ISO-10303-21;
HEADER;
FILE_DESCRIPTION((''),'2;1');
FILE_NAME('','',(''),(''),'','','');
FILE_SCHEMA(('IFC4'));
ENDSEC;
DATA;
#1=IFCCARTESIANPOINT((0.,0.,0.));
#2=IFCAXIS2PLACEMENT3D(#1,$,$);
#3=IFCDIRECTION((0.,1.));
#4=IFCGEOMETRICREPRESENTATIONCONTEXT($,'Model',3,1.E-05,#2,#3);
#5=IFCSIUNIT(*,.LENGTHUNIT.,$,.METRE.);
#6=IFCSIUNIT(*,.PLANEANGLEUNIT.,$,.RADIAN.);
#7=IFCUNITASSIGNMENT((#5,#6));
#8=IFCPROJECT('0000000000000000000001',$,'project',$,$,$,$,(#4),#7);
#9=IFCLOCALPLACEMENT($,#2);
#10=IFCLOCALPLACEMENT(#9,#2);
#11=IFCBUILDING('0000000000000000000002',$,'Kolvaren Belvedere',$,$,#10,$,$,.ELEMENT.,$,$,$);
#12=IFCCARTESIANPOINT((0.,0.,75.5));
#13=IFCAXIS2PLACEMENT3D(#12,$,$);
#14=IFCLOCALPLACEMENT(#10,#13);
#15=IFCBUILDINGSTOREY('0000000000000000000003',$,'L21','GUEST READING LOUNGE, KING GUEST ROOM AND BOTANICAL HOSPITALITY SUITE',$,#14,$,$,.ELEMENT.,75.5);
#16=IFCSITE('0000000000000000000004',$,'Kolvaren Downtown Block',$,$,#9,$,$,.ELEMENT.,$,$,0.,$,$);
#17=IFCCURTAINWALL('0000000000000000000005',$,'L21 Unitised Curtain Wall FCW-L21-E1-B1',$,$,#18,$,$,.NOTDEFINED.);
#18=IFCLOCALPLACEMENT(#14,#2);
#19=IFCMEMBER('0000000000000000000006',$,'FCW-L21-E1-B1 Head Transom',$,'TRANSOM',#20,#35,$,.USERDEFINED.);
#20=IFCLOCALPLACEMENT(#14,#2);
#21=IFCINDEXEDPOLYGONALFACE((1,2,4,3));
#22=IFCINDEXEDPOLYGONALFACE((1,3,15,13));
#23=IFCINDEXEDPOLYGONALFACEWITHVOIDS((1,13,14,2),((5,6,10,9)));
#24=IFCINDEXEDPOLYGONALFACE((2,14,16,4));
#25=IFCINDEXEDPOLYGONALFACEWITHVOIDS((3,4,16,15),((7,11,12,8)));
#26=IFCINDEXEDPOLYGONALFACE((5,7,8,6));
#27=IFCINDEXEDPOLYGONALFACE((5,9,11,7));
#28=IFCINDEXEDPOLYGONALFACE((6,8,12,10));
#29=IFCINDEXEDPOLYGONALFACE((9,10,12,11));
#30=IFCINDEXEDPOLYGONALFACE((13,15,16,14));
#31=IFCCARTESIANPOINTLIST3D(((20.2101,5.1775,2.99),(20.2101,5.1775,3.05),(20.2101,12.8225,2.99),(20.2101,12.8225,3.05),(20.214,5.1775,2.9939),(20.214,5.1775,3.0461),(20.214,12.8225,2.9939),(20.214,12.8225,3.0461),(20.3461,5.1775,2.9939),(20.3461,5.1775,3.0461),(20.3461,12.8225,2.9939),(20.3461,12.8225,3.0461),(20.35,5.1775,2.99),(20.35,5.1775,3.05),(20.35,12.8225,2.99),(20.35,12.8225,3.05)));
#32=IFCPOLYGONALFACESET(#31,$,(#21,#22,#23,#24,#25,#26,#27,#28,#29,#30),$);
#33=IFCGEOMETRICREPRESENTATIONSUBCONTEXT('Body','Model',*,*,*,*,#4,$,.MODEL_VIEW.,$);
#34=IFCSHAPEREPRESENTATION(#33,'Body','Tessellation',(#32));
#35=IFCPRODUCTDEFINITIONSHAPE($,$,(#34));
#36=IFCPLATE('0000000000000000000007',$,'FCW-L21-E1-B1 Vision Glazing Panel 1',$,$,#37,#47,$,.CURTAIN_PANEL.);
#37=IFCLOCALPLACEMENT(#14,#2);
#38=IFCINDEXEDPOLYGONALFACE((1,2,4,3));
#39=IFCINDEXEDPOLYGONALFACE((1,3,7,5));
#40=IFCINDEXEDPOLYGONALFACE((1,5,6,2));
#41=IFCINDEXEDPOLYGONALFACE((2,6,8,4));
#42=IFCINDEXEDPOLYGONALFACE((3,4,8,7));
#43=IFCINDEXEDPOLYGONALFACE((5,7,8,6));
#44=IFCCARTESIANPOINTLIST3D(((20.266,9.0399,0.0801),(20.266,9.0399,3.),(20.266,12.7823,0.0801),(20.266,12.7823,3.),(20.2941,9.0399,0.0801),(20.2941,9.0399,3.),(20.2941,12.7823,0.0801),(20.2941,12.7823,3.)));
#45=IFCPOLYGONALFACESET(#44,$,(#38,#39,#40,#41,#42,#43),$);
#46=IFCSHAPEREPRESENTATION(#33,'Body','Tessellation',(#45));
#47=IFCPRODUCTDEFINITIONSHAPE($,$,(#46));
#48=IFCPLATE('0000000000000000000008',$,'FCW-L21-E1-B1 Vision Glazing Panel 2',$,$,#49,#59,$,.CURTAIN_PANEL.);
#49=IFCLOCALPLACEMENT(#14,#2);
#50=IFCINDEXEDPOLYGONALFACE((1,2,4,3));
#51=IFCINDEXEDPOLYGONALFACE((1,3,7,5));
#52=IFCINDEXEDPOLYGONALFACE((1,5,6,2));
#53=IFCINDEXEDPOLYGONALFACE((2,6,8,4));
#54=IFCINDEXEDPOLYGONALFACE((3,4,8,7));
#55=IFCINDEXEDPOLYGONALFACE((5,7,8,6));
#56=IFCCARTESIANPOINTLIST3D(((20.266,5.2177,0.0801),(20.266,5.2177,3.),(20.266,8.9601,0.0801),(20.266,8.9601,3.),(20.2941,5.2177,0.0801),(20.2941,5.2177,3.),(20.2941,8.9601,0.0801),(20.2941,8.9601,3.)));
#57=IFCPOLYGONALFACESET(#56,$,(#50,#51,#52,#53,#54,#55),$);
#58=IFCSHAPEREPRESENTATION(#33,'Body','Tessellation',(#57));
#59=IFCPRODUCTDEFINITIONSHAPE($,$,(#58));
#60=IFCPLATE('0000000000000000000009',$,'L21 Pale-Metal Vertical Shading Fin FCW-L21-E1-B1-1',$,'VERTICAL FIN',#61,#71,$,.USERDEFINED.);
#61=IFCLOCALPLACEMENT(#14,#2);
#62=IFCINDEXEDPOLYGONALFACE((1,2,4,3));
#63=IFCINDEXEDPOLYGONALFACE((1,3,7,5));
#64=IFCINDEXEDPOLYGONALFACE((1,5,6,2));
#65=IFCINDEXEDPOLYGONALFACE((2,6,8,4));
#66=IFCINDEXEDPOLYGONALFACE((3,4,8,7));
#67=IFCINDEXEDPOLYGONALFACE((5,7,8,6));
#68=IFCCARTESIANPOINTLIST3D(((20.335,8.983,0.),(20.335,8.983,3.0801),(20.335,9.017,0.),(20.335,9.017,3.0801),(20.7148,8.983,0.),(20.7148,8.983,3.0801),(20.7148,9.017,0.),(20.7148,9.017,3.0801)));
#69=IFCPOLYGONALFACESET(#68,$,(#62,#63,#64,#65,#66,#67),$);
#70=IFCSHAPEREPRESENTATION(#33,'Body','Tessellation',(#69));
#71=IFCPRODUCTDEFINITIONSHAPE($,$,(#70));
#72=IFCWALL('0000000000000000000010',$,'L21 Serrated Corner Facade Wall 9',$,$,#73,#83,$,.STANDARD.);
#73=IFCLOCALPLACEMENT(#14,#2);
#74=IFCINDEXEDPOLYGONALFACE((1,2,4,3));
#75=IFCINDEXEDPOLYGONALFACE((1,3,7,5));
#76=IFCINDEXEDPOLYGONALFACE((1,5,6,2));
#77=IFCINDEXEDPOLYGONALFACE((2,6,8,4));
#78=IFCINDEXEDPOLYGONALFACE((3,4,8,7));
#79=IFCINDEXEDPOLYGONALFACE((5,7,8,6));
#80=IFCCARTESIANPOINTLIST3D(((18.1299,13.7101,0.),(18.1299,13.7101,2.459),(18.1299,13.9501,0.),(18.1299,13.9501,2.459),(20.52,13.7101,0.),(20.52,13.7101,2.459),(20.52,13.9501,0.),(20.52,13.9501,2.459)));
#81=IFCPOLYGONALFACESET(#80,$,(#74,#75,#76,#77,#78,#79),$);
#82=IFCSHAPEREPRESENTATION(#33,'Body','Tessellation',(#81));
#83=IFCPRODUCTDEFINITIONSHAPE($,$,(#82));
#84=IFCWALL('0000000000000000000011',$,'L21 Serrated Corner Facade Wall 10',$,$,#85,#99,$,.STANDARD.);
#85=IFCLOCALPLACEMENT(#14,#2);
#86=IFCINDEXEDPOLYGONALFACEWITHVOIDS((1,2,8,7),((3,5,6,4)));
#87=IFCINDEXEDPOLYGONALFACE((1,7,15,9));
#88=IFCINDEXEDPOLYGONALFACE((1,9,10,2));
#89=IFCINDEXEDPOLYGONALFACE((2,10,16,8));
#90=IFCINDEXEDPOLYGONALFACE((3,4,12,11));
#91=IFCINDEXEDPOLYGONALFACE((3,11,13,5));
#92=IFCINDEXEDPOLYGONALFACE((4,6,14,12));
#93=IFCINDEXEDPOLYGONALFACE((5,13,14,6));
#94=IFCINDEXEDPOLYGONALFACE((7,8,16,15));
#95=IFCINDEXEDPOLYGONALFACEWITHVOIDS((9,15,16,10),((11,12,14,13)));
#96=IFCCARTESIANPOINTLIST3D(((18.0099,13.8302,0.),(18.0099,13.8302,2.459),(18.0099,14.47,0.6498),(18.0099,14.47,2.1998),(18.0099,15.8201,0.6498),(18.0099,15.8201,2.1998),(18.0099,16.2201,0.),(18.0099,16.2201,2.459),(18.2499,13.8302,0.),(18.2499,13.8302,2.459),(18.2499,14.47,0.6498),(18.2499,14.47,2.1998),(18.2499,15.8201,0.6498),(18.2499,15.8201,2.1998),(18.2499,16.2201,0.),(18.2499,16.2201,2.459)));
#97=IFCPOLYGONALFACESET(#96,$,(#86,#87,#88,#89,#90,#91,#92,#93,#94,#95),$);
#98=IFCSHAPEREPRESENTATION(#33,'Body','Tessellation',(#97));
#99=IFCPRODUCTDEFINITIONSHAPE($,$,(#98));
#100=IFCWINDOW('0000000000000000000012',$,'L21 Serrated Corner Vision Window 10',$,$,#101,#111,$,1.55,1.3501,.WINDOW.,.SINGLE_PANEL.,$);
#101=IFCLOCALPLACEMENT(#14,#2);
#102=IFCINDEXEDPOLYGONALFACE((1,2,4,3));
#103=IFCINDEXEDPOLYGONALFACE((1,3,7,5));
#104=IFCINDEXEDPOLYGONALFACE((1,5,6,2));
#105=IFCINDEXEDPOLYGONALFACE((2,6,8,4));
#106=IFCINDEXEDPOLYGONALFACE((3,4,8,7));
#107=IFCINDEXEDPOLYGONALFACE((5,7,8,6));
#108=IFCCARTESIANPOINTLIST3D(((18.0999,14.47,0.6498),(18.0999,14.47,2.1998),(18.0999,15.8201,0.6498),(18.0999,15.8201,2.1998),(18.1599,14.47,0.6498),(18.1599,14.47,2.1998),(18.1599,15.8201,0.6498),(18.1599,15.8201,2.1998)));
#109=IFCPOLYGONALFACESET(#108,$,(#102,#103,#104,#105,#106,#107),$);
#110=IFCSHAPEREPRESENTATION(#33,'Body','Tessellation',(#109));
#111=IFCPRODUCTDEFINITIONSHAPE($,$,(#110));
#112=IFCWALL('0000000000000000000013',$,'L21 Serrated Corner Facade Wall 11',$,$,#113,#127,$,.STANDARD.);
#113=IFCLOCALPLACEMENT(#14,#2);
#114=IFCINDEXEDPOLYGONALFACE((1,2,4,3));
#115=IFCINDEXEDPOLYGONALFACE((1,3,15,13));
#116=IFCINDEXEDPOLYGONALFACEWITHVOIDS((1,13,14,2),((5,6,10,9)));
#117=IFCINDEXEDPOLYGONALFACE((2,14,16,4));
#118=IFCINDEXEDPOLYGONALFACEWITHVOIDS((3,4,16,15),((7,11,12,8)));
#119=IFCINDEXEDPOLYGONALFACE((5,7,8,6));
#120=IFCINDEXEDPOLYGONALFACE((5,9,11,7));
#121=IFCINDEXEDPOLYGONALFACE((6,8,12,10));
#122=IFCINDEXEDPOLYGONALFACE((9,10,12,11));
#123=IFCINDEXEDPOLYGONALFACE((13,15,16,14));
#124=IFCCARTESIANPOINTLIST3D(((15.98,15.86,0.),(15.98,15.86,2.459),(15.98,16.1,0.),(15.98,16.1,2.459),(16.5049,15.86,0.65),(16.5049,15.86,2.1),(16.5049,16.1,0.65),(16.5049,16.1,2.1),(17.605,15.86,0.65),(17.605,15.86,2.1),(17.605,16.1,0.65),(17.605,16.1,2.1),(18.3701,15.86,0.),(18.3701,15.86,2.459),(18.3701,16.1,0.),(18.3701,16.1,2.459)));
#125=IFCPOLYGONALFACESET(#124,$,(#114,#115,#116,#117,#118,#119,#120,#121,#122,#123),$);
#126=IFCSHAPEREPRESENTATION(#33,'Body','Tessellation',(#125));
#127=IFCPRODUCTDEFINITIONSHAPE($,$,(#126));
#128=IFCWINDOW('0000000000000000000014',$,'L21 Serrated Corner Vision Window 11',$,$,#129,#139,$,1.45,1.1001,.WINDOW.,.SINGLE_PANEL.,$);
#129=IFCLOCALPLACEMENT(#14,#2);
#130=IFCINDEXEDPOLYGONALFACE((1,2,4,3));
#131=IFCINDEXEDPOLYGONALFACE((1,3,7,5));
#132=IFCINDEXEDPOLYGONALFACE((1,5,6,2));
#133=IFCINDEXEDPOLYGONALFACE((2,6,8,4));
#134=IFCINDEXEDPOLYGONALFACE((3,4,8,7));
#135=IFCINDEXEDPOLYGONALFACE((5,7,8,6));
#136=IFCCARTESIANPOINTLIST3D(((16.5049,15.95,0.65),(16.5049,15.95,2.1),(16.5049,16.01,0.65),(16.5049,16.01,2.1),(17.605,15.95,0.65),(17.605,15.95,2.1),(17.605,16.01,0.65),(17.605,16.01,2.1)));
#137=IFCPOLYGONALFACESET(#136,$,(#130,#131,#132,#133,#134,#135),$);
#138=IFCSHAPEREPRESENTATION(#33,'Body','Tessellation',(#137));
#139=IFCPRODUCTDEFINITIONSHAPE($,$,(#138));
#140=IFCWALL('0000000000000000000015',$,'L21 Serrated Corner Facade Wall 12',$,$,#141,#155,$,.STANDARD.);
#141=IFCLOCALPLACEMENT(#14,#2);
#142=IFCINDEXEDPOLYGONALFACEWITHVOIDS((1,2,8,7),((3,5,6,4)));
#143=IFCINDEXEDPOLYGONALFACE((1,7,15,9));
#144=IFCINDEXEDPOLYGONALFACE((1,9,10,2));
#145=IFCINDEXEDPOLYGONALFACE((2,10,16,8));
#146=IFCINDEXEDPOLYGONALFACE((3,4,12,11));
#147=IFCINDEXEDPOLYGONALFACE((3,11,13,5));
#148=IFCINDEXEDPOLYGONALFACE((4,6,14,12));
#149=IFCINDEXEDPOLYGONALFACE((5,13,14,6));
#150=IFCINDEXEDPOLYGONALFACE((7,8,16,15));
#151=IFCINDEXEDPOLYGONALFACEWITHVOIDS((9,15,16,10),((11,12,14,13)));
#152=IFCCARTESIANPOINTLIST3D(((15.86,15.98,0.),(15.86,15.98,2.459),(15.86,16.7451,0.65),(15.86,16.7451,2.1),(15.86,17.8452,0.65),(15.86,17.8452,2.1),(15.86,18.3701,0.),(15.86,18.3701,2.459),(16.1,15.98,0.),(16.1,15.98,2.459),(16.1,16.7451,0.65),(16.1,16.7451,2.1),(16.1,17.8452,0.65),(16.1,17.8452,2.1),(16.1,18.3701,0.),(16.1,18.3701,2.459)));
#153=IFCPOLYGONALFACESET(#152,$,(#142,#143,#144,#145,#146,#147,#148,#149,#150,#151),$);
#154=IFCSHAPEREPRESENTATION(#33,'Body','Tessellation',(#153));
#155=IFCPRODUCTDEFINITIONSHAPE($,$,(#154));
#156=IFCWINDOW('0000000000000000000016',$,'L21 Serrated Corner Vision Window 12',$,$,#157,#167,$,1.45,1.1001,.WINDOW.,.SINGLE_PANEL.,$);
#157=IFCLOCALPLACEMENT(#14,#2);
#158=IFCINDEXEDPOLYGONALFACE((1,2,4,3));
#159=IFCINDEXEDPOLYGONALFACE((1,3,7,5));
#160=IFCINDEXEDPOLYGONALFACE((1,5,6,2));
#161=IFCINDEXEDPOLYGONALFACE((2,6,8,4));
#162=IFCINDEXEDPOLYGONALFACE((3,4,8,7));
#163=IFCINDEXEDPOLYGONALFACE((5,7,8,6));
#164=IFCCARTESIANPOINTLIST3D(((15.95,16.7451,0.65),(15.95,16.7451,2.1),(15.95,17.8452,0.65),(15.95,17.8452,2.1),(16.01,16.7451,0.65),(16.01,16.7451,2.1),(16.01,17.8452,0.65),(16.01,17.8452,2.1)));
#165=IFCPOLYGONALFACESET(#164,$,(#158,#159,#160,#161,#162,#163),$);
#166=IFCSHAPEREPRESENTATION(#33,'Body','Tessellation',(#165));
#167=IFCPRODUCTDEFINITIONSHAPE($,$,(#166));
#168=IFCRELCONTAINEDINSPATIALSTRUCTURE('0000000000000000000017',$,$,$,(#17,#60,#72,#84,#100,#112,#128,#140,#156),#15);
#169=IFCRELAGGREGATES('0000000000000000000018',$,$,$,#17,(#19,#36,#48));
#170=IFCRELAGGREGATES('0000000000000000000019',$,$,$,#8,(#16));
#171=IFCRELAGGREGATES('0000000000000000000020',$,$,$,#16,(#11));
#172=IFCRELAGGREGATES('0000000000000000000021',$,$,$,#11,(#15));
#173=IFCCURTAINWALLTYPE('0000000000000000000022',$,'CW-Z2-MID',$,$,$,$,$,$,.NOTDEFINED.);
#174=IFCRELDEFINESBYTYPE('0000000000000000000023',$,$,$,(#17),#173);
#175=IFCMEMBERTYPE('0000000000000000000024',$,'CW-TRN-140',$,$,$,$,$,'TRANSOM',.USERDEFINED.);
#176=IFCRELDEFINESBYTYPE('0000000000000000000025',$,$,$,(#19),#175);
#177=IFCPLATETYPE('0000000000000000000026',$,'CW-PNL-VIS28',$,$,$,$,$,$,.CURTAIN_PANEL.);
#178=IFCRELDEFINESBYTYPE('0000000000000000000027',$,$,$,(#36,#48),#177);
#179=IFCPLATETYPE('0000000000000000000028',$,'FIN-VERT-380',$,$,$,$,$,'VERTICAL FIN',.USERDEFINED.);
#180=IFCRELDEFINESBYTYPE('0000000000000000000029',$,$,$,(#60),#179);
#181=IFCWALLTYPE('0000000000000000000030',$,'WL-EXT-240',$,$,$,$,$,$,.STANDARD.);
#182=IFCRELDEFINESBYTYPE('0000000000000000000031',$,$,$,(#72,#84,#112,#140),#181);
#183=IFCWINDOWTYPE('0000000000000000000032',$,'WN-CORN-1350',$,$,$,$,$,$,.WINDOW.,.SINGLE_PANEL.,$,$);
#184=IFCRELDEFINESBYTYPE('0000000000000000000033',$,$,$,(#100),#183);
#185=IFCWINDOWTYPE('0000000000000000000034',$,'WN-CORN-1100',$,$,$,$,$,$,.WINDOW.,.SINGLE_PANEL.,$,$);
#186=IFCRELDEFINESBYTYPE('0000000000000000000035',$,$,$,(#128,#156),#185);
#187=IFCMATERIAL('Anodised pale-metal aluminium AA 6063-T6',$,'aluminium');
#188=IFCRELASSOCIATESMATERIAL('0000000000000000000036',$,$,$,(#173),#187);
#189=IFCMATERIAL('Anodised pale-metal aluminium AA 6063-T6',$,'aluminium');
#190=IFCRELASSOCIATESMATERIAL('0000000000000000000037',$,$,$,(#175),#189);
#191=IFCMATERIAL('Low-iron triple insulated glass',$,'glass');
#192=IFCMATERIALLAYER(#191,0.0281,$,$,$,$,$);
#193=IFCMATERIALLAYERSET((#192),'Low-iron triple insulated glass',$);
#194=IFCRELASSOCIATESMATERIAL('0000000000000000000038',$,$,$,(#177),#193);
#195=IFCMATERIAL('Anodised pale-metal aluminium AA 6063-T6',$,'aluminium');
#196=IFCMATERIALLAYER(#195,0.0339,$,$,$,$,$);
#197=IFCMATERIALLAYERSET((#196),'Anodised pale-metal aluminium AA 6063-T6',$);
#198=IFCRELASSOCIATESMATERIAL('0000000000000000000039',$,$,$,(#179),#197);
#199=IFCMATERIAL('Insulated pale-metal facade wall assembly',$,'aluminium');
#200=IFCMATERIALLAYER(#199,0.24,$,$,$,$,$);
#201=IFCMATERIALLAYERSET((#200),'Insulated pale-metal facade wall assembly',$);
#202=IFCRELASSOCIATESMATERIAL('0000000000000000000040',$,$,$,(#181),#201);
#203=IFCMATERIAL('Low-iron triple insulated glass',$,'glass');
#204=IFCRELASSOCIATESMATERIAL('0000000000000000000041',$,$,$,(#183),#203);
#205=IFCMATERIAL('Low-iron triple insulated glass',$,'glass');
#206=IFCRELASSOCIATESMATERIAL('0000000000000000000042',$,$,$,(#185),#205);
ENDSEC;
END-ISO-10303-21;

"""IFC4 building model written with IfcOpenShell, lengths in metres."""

from ifc_helpers import new_model, si_unit, direction, frame, frame_2d, origin, origin_2d, place, context, subcontext, project, spatial, rectangle, hollow_rectangle, extrude, material, layer, layer_set, material_profile, profile_set, type_object, element, fill, aggregate, save


model = new_model("IFC4")

# Units and contexts
model_context = context("Model", 3, precision=1e-05, world=origin(), true_north=direction((0.0, 1.0)))
body_context = subcontext(model_context, "Body", "Model", "MODEL_VIEW")
ifc_project = project(units=[si_unit("LENGTHUNIT", "METRE"), si_unit("PLANEANGLEUNIT", "RADIAN")], contexts=[model_context])

# Site, building, storey
site_placement = place(None, origin())
site = spatial("IfcSite", under=ifc_project, at=site_placement, Name="Kolvaren Downtown Block", CompositionType="ELEMENT", RefElevation=0.0)
building_placement = place(site_placement, origin())
building = spatial("IfcBuilding", under=site, at=building_placement, Name="Kolvaren Belvedere", CompositionType="ELEMENT")
storey_placement = place(building_placement, frame((0.0, 0.0, 75.5)))
storey = spatial("IfcBuildingStorey", under=building, at=storey_placement, Name="L21", Description="GUEST READING LOUNGE, KING GUEST ROOM AND BOTANICAL HOSPITALITY SUITE", CompositionType="ELEMENT", Elevation=75.5)

# Curtain wall
ifc_material_1 = material(Name="Anodised pale-metal aluminium AA 6063-T6", Category="aluminium")
curtain_wall_type = type_object("IfcCurtainWallType", Name="CW-Z2-MID", PredefinedType="NOTDEFINED", material=ifc_material_1)
curtain_wall_1_placement = place(storey_placement, origin())
curtain_wall_1 = element("IfcCurtainWall", 1, at=curtain_wall_1_placement, inside=storey, type_object=curtain_wall_type, Name="L21 Unitised Curtain Wall FCW-L21-E1-B1", PredefinedType="NOTDEFINED")

# Member
ifc_material_2 = material(Name="Anodised pale-metal aluminium AA 6063-T6", Category="aluminium")
ifc_material_profile_1 = material_profile(ifc_material_2, hollow_rectangle(XDim=0.0601, YDim=0.1399, WallThickness=0.0039, at=origin_2d()), Name="ALU-TRN-140X60")
ifc_profile_set_1 = profile_set([ifc_material_profile_1], Name="Anodised pale-metal aluminium AA 6063-T6")
member_type_1 = type_object("IfcMemberType", Name="CW-TRN-140", ElementType="TRANSOM", PredefinedType="USERDEFINED", material=ifc_profile_set_1)
member_1_placement = place(storey_placement, frame((20.28, 12.8225, 3.02), z_axis=(0.0, -1.0, 0.0), x_axis=(0.0, 0.0, 1.0)))
member_1 = element("IfcMember", 2, at=member_1_placement, type_object=member_type_1, Name="FCW-L21-E1-B1 Head Transom", ObjectType="TRANSOM", PredefinedType="USERDEFINED", context=body_context, shape_type="SweptSolid", body=[
    extrude(hollow_rectangle(XDim=0.0601, YDim=0.1399, WallThickness=0.0039, at=origin_2d()), origin(), (0.0, 0.0, 1.0), 7.645),
])

# Plates
ifc_material_3 = material(Name="Low-iron triple insulated glass", Category="glass")
ifc_layer_1 = layer(ifc_material_3, 0.0281)
ifc_layer_set_1 = layer_set([ifc_layer_1], Name="Low-iron triple insulated glass")
plate_type_1 = type_object("IfcPlateType", Name="CW-PNL-VIS28", PredefinedType="CURTAIN_PANEL", material=ifc_layer_set_1)
plate_1_placement = place(storey_placement, frame((20.28, 10.9111, 0.0801), z_axis=(0.0, 0.0, 1.0), x_axis=(0.0, -1.0, 0.0)))
plate_1 = element("IfcPlate", 3, at=plate_1_placement, type_object=plate_type_1, Name="FCW-L21-E1-B1 Vision Glazing Panel 1", PredefinedType="CURTAIN_PANEL", context=body_context, shape_type="SweptSolid", body=[
    extrude(rectangle(XDim=3.7424, YDim=0.0281, at=origin_2d()), origin(), (0.0, 0.0, 1.0), 2.9199),
])
plate_2_placement = place(storey_placement, frame((20.28, 7.0889, 0.0801), z_axis=(0.0, 0.0, 1.0), x_axis=(0.0, -1.0, 0.0)))
plate_2 = element("IfcPlate", 4, at=plate_2_placement, type_object=plate_type_1, Name="FCW-L21-E1-B1 Vision Glazing Panel 2", PredefinedType="CURTAIN_PANEL", context=body_context, shape_type="SweptSolid", body=[
    extrude(rectangle(XDim=3.7424, YDim=0.0281, at=origin_2d()), origin(), (0.0, 0.0, 1.0), 2.9199),
])
aggregate(curtain_wall_1, [member_1, plate_1, plate_2])
ifc_material_4 = material(Name="Anodised pale-metal aluminium AA 6063-T6", Category="aluminium")
ifc_layer_2 = layer(ifc_material_4, 0.0339)
ifc_layer_set_2 = layer_set([ifc_layer_2], Name="Anodised pale-metal aluminium AA 6063-T6")
plate_type_2 = type_object("IfcPlateType", Name="FIN-VERT-380", ElementType="VERTICAL FIN", PredefinedType="USERDEFINED", material=ifc_layer_set_2)
plate_3_placement = place(storey_placement, frame((20.5249, 9.0, 0.0), z_axis=(0.0, 0.0, 1.0), x_axis=(1.0, 0.0, 0.0)))
element("IfcPlate", 5, at=plate_3_placement, inside=storey, type_object=plate_type_2, Name="L21 Pale-Metal Vertical Shading Fin FCW-L21-E1-B1-1", ObjectType="VERTICAL FIN", PredefinedType="USERDEFINED", context=body_context, shape_type="SweptSolid", body=[
    extrude(rectangle(XDim=0.3799, YDim=0.0339, at=origin_2d()), origin(), (0.0, 0.0, 1.0), 3.0801),
])

# Wall
ifc_material_5 = material(Name="Insulated pale-metal facade wall assembly", Category="aluminium")
ifc_layer_3 = layer(ifc_material_5, 0.24)
ifc_layer_set_3 = layer_set([ifc_layer_3], Name="Insulated pale-metal facade wall assembly")
wall_type_1 = type_object("IfcWallType", Name="WL-EXT-240", PredefinedType="STANDARD", material=ifc_layer_set_3)
wall_1_placement = place(storey_placement, frame((18.1299, 13.8301, 0.0), z_axis=(0.0, 0.0, 1.0), x_axis=(1.0, 0.0, 0.0)))
element("IfcWall", 6, at=wall_1_placement, inside=storey, type_object=wall_type_1, Name="L21 Serrated Corner Facade Wall 9", PredefinedType="STANDARD", context=body_context, shape_type="SweptSolid", body=[
    extrude(rectangle(XDim=2.3901, YDim=0.24, at=frame_2d((1.1951, 0.0))), origin(), (0.0, 0.0, 1.0), 2.459),
])

# Walls, openings, windows
wall_2_placement = place(storey_placement, frame((18.1299, 16.22, 0.0), z_axis=(0.0, 0.0, 1.0), x_axis=(0.0, -1.0, 0.0)))
wall_2 = element("IfcWall", 7, at=wall_2_placement, inside=storey, type_object=wall_type_1, Name="L21 Serrated Corner Facade Wall 10", PredefinedType="STANDARD", context=body_context, shape_type="SweptSolid", body=[
    extrude(rectangle(XDim=2.3899, YDim=0.24, at=frame_2d((1.1948, 0.0))), origin(), (0.0, 0.0, 1.0), 2.459),
])
opening_1_placement = place(wall_2_placement, frame((0.3999, 0.0, 0.6499)))
opening_1 = element("IfcOpeningElement", 8, at=opening_1_placement, cuts=wall_2, PredefinedType="OPENING", context=body_context, shape_type="SweptSolid", body=[
    extrude(rectangle(XDim=1.3501, YDim=1.55, at=frame_2d((0.675, 0.7749))), frame((0.0, 0.1299, 0.0), z_axis=(0.0, -1.0, 0.0), x_axis=(1.0, 0.0, 0.0)), (0.0, 0.0, 1.0), 0.26),
])
ifc_material_6 = material(Name="Low-iron triple insulated glass", Category="glass")
window_type_1 = type_object("IfcWindowType", Name="WN-CORN-1350", PartitioningType="SINGLE_PANEL", PredefinedType="WINDOW", material=ifc_material_6)
window_1_placement = place(opening_1_placement, origin())
window_1 = element("IfcWindow", 9, at=window_1_placement, inside=storey, type_object=window_type_1, Name="L21 Serrated Corner Vision Window 10", OverallHeight=1.55, OverallWidth=1.3501, PartitioningType="SINGLE_PANEL", PredefinedType="WINDOW", context=body_context, shape_type="SweptSolid", body=[
    extrude(rectangle(XDim=1.3501, YDim=1.55, at=frame_2d((0.675, 0.7749))), frame((0.0, 0.03, 0.0), z_axis=(0.0, -1.0, 0.0), x_axis=(1.0, 0.0, 0.0)), (0.0, 0.0, 1.0), 0.0601),
])
fill(opening_1, window_1)
wall_3_placement = place(storey_placement, frame((15.98, 15.98, 0.0), z_axis=(0.0, 0.0, 1.0), x_axis=(1.0, 0.0, 0.0)))
wall_3 = element("IfcWall", 10, at=wall_3_placement, inside=storey, type_object=wall_type_1, Name="L21 Serrated Corner Facade Wall 11", PredefinedType="STANDARD", context=body_context, shape_type="SweptSolid", body=[
    extrude(rectangle(XDim=2.3901, YDim=0.24, at=frame_2d((1.1951, 0.0))), origin(), (0.0, 0.0, 1.0), 2.459),
])
opening_2_placement = place(wall_3_placement, frame((0.5249, 0.0, 0.6499)))
opening_2 = element("IfcOpeningElement", 11, at=opening_2_placement, cuts=wall_3, PredefinedType="OPENING", context=body_context, shape_type="SweptSolid", body=[
    extrude(rectangle(XDim=1.1001, YDim=1.45, at=frame_2d((0.55, 0.7251))), frame((0.0, 0.1299, 0.0), z_axis=(0.0, -1.0, 0.0), x_axis=(1.0, 0.0, 0.0)), (0.0, 0.0, 1.0), 0.26),
])
ifc_material_7 = material(Name="Low-iron triple insulated glass", Category="glass")
window_type_2 = type_object("IfcWindowType", Name="WN-CORN-1100", PartitioningType="SINGLE_PANEL", PredefinedType="WINDOW", material=ifc_material_7)
window_2_placement = place(opening_2_placement, origin())
window_2 = element("IfcWindow", 12, at=window_2_placement, inside=storey, type_object=window_type_2, Name="L21 Serrated Corner Vision Window 11", OverallHeight=1.45, OverallWidth=1.1001, PartitioningType="SINGLE_PANEL", PredefinedType="WINDOW", context=body_context, shape_type="SweptSolid", body=[
    extrude(rectangle(XDim=1.1001, YDim=1.45, at=frame_2d((0.55, 0.7251))), frame((0.0, 0.03, 0.0), z_axis=(0.0, -1.0, 0.0), x_axis=(1.0, 0.0, 0.0)), (0.0, 0.0, 1.0), 0.0601),
])
fill(opening_2, window_2)
wall_4_placement = place(storey_placement, frame((15.98, 18.3701, 0.0), z_axis=(0.0, 0.0, 1.0), x_axis=(0.0, -1.0, 0.0)))
wall_4 = element("IfcWall", 13, at=wall_4_placement, inside=storey, type_object=wall_type_1, Name="L21 Serrated Corner Facade Wall 12", PredefinedType="STANDARD", context=body_context, shape_type="SweptSolid", body=[
    extrude(rectangle(XDim=2.3901, YDim=0.24, at=frame_2d((1.1951, 0.0))), origin(), (0.0, 0.0, 1.0), 2.459),
])
opening_3_placement = place(wall_4_placement, frame((0.5249, 0.0, 0.6499)))
opening_3 = element("IfcOpeningElement", 14, at=opening_3_placement, cuts=wall_4, PredefinedType="OPENING", context=body_context, shape_type="SweptSolid", body=[
    extrude(rectangle(XDim=1.1001, YDim=1.45, at=frame_2d((0.55, 0.7251))), frame((0.0, 0.1299, 0.0), z_axis=(0.0, -1.0, 0.0), x_axis=(1.0, 0.0, 0.0)), (0.0, 0.0, 1.0), 0.26),
])
window_3_placement = place(opening_3_placement, origin())
window_3 = element("IfcWindow", 15, at=window_3_placement, inside=storey, type_object=window_type_2, Name="L21 Serrated Corner Vision Window 12", OverallHeight=1.45, OverallWidth=1.1001, PartitioningType="SINGLE_PANEL", PredefinedType="WINDOW", context=body_context, shape_type="SweptSolid", body=[
    extrude(rectangle(XDim=1.1001, YDim=1.45, at=frame_2d((0.55, 0.7251))), frame((0.0, 0.03, 0.0), z_axis=(0.0, -1.0, 0.0), x_axis=(1.0, 0.0, 0.0)), (0.0, 0.0, 1.0), 0.0601),
])
fill(opening_3, window_3)

save(model, "model.ifc")
